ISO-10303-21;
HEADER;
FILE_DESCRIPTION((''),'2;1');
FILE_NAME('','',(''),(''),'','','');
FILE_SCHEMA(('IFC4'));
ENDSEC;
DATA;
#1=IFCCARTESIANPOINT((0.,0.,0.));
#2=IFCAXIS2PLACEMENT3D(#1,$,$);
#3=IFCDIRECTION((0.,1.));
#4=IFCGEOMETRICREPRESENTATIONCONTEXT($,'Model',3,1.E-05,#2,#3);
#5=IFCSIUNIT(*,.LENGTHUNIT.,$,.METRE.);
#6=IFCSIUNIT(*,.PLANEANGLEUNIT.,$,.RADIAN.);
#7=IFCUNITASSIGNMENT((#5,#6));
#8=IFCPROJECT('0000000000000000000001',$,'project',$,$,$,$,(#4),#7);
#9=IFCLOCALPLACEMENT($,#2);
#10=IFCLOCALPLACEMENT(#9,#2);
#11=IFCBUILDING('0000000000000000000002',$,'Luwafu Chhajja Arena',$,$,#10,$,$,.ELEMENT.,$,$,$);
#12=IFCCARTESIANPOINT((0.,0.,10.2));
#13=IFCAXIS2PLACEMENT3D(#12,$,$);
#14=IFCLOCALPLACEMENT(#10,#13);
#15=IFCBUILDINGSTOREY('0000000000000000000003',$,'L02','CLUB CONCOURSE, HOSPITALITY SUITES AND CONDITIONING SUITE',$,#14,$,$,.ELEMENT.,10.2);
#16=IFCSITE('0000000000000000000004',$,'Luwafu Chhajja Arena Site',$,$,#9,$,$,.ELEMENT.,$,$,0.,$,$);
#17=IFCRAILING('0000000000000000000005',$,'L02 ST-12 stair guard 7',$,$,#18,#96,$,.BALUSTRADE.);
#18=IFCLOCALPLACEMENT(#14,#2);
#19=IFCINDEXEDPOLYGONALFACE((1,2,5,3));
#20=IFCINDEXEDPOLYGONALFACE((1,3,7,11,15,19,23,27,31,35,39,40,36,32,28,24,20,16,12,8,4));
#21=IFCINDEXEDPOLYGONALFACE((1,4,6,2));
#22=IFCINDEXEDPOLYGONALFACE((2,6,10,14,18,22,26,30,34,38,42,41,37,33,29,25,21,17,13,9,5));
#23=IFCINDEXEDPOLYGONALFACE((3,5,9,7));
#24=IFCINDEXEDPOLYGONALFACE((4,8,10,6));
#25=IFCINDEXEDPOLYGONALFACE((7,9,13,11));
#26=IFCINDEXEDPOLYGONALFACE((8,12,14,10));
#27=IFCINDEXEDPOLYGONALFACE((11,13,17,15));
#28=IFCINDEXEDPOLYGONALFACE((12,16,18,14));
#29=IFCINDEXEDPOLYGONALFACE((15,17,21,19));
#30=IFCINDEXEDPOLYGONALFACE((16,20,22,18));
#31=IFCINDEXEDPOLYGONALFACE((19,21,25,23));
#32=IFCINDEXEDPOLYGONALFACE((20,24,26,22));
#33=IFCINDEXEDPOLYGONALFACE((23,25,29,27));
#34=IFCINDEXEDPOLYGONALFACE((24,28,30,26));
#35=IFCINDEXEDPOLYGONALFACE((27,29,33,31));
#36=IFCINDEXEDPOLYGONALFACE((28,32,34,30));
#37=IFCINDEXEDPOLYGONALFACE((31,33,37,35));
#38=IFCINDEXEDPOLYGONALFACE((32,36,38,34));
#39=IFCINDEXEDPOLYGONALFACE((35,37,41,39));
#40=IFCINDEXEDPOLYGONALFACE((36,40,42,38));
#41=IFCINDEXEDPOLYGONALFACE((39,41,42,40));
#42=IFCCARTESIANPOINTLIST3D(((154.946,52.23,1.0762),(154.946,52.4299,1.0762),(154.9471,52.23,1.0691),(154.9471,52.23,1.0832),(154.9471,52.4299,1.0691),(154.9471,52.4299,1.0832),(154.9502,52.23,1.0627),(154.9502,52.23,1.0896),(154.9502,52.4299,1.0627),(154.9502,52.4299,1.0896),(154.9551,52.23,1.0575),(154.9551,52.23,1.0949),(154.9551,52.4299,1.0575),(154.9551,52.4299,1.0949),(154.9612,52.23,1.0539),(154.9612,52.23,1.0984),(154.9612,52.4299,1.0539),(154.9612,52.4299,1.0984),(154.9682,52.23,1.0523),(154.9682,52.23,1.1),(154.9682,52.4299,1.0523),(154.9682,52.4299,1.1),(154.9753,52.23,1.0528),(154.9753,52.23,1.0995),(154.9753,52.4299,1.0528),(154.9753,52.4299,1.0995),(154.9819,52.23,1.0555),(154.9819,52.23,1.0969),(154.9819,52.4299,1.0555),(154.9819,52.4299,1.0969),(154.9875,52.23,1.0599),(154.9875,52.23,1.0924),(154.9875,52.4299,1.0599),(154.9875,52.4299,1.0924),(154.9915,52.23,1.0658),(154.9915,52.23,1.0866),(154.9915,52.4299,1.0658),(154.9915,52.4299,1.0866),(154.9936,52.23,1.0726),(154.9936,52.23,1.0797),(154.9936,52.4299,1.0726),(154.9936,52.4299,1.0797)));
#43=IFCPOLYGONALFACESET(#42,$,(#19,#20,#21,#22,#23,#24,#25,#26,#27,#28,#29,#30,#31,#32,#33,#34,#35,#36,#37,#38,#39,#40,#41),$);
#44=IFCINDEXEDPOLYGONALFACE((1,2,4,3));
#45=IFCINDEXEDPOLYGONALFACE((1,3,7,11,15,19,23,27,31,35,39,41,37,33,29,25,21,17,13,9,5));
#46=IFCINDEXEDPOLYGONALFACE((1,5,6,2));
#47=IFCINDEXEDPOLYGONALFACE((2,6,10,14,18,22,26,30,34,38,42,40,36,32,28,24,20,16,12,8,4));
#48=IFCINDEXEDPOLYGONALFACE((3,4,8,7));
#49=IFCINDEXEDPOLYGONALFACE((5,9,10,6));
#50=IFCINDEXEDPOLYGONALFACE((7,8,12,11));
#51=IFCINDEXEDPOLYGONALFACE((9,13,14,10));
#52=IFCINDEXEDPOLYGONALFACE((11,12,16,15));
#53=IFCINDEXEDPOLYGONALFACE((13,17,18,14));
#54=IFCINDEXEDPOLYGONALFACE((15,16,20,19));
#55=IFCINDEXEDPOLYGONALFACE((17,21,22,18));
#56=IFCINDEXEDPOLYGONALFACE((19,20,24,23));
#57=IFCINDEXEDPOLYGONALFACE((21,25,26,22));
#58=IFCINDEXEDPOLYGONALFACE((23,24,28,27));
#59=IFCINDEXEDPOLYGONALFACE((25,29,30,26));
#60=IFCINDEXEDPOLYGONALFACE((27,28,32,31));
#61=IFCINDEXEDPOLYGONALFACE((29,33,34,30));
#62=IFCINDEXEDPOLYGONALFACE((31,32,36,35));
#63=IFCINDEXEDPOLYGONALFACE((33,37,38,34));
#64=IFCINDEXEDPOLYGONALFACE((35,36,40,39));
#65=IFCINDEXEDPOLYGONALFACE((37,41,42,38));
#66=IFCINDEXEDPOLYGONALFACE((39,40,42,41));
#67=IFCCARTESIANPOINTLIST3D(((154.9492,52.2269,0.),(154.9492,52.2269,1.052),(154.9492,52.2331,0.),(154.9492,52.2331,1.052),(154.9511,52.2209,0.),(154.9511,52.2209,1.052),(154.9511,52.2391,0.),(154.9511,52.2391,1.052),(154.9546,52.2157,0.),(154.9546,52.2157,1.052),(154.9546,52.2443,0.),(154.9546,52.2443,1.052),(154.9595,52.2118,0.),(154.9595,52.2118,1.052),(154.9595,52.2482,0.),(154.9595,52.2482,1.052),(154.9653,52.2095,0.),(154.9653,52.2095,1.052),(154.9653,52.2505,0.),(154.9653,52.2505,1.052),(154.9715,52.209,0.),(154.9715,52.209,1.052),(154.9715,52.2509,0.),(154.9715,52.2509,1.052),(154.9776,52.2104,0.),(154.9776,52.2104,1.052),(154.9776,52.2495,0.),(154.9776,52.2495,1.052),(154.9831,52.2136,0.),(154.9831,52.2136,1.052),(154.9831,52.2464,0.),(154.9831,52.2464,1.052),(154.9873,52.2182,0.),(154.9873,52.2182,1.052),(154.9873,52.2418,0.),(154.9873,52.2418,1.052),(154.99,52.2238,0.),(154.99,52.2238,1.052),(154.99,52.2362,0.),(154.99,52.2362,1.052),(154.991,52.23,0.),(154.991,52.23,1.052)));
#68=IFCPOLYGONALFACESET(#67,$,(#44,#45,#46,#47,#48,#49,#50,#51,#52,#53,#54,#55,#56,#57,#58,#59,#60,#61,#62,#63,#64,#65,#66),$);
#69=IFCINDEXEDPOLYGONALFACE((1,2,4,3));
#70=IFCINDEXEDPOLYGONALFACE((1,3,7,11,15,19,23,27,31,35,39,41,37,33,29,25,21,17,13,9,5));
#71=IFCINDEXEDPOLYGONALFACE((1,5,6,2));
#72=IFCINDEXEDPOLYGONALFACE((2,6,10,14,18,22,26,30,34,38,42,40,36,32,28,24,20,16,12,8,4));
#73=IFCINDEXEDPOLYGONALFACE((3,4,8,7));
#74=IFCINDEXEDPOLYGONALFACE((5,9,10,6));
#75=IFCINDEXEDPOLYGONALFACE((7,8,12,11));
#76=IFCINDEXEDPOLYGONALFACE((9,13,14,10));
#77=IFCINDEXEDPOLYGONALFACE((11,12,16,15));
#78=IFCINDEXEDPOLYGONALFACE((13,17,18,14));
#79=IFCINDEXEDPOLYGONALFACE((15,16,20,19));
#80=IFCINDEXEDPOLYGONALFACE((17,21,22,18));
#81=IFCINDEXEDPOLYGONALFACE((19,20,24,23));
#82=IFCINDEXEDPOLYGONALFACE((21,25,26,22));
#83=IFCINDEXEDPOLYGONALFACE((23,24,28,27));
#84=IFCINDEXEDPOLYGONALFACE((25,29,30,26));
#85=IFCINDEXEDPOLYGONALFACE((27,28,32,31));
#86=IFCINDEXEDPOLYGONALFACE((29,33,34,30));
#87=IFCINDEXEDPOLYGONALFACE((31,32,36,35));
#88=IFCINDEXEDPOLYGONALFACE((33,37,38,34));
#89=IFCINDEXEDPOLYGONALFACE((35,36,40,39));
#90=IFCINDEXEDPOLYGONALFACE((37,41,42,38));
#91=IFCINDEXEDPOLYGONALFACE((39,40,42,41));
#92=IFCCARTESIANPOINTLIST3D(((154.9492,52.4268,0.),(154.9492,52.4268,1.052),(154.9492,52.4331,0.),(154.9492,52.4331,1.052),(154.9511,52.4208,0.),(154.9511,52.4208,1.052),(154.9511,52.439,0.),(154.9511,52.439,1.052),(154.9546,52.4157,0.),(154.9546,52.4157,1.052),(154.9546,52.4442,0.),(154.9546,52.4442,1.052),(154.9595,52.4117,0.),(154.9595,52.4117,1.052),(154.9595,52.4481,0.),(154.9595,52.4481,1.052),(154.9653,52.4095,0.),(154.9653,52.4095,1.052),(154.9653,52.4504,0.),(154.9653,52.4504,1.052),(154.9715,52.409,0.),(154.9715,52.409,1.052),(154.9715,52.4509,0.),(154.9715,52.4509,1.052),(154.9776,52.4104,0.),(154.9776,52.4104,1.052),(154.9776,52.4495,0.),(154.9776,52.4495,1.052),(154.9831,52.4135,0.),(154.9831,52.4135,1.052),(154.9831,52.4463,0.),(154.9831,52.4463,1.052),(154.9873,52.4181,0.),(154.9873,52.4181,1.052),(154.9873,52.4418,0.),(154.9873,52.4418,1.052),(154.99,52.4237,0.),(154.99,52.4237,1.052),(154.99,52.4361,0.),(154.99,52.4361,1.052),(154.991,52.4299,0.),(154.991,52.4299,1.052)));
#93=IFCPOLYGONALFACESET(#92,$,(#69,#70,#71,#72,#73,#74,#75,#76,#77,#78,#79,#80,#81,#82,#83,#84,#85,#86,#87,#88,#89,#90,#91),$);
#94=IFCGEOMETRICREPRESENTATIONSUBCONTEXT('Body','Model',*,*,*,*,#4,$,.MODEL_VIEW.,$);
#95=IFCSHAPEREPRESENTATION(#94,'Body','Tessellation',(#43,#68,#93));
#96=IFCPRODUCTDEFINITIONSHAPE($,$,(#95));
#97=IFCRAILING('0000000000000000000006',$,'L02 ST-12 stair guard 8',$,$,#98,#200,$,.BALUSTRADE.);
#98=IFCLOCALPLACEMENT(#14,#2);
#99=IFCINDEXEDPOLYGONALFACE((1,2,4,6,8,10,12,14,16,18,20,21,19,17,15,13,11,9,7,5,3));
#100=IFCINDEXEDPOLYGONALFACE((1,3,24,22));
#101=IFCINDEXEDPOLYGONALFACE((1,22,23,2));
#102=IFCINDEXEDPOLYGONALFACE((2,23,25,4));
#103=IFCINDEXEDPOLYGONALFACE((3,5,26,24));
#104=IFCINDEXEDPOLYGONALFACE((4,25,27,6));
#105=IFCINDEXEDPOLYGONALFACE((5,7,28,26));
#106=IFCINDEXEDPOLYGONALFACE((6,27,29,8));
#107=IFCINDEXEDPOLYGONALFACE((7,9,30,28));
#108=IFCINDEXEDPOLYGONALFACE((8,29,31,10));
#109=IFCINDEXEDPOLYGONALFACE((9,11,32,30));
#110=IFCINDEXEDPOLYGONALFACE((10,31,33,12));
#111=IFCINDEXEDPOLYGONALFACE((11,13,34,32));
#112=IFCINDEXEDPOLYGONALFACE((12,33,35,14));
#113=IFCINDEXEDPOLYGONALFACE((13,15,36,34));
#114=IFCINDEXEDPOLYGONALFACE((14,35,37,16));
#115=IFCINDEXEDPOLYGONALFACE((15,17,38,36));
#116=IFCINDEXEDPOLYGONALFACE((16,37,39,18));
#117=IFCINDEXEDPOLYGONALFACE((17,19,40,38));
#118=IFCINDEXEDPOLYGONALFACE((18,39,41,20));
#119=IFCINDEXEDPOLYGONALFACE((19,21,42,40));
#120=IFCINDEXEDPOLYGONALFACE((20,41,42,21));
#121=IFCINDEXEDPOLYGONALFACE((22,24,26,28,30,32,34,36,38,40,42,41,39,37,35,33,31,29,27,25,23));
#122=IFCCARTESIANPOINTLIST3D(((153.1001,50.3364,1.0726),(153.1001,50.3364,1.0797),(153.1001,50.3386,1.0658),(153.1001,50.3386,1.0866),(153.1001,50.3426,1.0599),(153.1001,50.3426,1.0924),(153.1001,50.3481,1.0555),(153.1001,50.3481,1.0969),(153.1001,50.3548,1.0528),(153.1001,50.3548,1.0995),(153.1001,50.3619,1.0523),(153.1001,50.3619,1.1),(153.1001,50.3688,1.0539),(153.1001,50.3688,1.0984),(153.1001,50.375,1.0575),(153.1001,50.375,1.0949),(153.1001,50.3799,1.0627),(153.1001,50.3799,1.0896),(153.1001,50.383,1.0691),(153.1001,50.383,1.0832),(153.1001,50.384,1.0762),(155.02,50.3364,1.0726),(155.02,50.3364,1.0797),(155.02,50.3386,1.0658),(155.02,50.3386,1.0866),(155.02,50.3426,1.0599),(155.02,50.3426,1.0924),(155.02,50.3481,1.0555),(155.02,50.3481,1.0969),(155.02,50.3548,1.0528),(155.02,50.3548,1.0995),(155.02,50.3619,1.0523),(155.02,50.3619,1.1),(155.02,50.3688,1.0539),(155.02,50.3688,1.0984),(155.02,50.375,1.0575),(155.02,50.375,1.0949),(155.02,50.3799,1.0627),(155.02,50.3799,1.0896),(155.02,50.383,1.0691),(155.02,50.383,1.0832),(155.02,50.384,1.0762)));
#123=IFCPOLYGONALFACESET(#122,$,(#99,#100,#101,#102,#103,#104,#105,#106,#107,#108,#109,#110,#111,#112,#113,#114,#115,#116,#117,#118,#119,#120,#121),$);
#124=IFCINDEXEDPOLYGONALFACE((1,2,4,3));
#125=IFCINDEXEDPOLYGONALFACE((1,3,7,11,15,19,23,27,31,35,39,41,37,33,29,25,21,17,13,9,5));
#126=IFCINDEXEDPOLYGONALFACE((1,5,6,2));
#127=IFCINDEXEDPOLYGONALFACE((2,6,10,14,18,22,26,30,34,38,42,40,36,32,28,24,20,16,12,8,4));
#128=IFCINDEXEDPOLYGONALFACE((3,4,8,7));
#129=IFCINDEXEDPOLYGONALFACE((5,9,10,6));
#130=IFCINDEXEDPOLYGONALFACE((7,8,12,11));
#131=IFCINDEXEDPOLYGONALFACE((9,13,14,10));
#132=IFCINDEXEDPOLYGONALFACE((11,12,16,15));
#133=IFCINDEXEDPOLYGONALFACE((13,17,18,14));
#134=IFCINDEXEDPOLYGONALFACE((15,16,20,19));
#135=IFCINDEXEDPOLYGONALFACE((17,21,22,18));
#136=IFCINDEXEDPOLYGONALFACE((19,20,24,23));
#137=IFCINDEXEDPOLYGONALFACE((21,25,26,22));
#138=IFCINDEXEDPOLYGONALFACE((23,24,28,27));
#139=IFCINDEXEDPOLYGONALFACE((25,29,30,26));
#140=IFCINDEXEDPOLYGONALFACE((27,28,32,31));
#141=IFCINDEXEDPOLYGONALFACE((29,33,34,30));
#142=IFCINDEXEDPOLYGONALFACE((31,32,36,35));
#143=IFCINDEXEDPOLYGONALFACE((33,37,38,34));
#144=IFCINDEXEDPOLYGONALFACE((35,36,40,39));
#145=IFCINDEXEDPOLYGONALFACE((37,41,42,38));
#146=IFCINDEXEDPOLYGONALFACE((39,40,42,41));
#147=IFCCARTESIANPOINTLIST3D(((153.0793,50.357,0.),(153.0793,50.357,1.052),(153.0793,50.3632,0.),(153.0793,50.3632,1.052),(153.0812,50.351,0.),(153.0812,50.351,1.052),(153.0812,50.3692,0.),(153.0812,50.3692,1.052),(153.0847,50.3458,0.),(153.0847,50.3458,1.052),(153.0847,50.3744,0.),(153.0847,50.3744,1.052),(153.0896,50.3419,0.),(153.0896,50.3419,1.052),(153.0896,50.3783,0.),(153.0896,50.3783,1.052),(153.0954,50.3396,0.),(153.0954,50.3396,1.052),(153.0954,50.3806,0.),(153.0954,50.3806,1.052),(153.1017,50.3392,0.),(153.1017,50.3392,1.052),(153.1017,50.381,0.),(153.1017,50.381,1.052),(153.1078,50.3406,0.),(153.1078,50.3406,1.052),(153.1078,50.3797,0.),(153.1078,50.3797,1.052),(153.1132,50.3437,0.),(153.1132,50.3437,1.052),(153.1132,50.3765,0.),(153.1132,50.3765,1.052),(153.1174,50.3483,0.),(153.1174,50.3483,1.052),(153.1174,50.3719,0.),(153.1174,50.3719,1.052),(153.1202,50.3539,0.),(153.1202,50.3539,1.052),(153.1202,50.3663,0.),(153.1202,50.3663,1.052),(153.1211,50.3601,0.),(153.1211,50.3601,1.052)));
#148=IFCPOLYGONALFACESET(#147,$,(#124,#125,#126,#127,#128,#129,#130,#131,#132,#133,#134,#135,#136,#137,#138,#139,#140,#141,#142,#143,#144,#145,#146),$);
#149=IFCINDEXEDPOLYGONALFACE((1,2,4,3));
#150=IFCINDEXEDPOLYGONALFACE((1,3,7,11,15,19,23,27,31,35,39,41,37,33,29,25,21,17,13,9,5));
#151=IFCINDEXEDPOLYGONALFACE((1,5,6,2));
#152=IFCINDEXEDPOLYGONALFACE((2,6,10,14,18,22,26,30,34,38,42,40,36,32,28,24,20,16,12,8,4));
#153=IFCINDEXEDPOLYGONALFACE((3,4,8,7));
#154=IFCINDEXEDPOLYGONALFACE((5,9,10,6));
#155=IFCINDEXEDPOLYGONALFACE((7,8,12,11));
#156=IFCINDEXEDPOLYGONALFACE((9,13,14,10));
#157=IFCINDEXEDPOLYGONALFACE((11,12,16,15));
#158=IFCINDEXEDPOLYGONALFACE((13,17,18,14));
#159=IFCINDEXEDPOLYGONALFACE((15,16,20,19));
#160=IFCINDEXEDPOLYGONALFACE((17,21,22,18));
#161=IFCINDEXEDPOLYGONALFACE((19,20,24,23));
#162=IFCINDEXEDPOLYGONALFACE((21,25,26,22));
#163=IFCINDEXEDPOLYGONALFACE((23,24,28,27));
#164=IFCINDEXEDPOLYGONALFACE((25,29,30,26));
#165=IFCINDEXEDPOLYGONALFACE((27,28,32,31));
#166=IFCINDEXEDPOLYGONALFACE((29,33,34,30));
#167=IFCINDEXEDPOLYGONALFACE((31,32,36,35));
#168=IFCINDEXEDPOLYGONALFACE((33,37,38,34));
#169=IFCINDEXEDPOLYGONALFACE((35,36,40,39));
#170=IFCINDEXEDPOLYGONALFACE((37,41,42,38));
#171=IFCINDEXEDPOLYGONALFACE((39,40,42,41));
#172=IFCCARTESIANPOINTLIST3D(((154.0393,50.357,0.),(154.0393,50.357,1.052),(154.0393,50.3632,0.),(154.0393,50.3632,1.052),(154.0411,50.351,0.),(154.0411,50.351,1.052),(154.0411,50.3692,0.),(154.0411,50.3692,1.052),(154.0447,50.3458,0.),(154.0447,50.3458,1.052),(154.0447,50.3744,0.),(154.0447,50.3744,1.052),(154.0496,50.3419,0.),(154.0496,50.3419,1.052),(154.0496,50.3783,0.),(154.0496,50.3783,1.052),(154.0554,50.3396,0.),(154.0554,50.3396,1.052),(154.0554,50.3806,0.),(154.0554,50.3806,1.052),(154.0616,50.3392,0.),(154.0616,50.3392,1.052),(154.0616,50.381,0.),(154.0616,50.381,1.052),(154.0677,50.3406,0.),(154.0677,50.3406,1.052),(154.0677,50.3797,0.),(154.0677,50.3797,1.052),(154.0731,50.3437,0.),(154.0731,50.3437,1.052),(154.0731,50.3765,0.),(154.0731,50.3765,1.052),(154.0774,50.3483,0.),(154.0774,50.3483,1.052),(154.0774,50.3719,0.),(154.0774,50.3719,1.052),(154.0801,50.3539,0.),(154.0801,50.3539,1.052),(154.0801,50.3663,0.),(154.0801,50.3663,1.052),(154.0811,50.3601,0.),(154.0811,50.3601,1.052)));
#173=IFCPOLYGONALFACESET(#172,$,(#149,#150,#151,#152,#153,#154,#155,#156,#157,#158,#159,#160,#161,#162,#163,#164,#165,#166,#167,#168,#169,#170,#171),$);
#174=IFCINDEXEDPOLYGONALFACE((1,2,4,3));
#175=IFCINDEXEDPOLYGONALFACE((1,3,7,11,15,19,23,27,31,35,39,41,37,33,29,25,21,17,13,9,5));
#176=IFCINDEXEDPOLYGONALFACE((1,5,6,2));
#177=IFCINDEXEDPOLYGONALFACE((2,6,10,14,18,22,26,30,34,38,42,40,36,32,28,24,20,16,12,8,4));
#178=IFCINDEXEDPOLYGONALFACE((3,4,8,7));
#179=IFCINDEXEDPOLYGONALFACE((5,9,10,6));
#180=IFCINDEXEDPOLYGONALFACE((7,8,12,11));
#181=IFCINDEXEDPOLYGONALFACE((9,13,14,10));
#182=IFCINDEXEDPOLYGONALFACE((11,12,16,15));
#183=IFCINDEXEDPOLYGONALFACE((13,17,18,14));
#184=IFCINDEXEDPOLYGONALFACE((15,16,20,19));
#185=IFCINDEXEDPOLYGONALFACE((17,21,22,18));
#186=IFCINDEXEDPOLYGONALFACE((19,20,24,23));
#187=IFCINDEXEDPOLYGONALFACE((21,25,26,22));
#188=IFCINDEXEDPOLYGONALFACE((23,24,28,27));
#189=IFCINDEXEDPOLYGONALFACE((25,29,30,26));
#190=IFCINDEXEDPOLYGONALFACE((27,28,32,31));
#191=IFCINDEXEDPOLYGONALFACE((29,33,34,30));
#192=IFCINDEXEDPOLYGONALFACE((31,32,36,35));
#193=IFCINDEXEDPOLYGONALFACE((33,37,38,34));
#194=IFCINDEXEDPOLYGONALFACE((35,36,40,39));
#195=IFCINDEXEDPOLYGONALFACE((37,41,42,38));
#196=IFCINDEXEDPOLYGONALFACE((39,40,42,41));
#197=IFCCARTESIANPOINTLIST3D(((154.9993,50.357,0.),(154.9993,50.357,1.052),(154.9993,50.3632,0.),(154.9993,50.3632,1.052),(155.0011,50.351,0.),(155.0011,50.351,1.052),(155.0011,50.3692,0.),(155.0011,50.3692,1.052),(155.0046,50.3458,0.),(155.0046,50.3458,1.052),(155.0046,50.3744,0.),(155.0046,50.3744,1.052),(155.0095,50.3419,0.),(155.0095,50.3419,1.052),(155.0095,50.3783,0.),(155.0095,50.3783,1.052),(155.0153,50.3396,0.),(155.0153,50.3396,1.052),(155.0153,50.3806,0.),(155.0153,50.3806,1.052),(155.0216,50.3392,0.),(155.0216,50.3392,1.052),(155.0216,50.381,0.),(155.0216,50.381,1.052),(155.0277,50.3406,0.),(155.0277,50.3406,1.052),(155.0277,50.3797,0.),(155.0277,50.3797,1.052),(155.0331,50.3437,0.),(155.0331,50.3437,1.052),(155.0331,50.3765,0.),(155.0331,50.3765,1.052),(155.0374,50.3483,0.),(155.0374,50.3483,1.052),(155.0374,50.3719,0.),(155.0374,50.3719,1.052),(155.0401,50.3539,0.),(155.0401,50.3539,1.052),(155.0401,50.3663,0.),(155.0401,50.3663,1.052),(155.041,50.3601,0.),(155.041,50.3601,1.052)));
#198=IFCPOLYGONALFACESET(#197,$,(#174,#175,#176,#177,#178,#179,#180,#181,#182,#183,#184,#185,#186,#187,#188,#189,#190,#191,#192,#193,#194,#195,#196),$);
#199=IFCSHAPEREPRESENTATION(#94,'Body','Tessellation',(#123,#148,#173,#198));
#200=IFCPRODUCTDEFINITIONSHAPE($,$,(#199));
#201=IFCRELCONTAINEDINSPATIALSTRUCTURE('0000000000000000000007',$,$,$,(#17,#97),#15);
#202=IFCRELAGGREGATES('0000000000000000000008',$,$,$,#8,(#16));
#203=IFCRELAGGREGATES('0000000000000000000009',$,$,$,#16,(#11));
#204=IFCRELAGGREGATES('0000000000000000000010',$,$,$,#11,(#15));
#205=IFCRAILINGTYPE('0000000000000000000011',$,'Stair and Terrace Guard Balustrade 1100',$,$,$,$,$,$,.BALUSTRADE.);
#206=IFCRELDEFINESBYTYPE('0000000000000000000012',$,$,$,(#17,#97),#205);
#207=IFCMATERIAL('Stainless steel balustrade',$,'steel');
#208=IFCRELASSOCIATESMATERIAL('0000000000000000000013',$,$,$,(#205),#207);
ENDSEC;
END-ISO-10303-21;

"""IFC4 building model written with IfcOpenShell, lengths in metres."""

from ifc_helpers import new_model, si_unit, direction, frame, origin, origin_2d, place, context, subcontext, project, spatial, circle, extrude, material, type_object, element, save


model = new_model("IFC4")

# Units and contexts
model_context = context("Model", 3, precision=1e-05, world=origin(), true_north=direction((0.0, 1.0)))
body_context = subcontext(model_context, "Body", "Model", "MODEL_VIEW")
ifc_project = project(units=[si_unit("LENGTHUNIT", "METRE"), si_unit("PLANEANGLEUNIT", "RADIAN")], contexts=[model_context])

# Site, building, storey
site_placement = place(None, origin())
site = spatial("IfcSite", under=ifc_project, at=site_placement, Name="Luwafu Chhajja Arena Site", CompositionType="ELEMENT", RefElevation=0.0)
building_placement = place(site_placement, origin())
building = spatial("IfcBuilding", under=site, at=building_placement, Name="Luwafu Chhajja Arena", CompositionType="ELEMENT")
storey_placement = place(building_placement, frame((0.0, 0.0, 10.2)))
storey = spatial("IfcBuildingStorey", under=building, at=storey_placement, Name="L02", Description="CLUB CONCOURSE, HOSPITALITY SUITES AND CONDITIONING SUITE", CompositionType="ELEMENT", Elevation=10.2)

# Railings
ifc_material_1 = material(Name="Stainless steel balustrade", Category="steel")
railing_type_1 = type_object("IfcRailingType", Name="Stair and Terrace Guard Balustrade 1100", PredefinedType="BALUSTRADE", material=ifc_material_1)
railing_1_placement = place(storey_placement, frame((154.97, 52.23, 0.0)))
element("IfcRailing", 1, at=railing_1_placement, inside=storey, type_object=railing_type_1, Name="L02 ST-12 stair guard 7", PredefinedType="BALUSTRADE", context=body_context, shape_type="SweptSolid", body=[
    extrude(circle(Radius=0.0239, at=origin_2d()), frame((0.0, 0.0, 1.0762), z_axis=(0.0, 1.0, 0.0), x_axis=(-1.0, 0.0, 0.0)), (0.0, 0.0, 1.0), 0.2),
    extrude(circle(Radius=0.021, at=origin_2d()), origin(), (0.0, 0.0, 1.0), 1.052),
    extrude(circle(Radius=0.021, at=origin_2d()), frame((0.0, 0.2, 0.0)), (0.0, 0.0, 1.0), 1.052),
])
for number, where, name in (
    (2, (153.1001, 50.3601, 0.0), "L02 ST-12 stair guard 8"),
):
    element("IfcRailing", number, at=place(storey_placement, frame(where)), inside=storey, type_object=railing_type_1, Name=name, PredefinedType="BALUSTRADE", context=body_context, shape_type="SweptSolid", body=[
        extrude(circle(Radius=0.0239, at=origin_2d()), frame((0.0, 0.0, 1.0762), z_axis=(1.0, 0.0, 0.0), x_axis=(0.0, 1.0, 0.0)), (0.0, 0.0, 1.0), 1.9199),
        extrude(circle(Radius=0.021, at=origin_2d()), origin(), (0.0, 0.0, 1.0), 1.052),
        extrude(circle(Radius=0.021, at=origin_2d()), frame((0.96, 0.0, 0.0)), (0.0, 0.0, 1.0), 1.052),
        extrude(circle(Radius=0.021, at=origin_2d()), frame((1.9199, 0.0, 0.0)), (0.0, 0.0, 1.0), 1.052),
    ])

save(model, "model.ifc")
